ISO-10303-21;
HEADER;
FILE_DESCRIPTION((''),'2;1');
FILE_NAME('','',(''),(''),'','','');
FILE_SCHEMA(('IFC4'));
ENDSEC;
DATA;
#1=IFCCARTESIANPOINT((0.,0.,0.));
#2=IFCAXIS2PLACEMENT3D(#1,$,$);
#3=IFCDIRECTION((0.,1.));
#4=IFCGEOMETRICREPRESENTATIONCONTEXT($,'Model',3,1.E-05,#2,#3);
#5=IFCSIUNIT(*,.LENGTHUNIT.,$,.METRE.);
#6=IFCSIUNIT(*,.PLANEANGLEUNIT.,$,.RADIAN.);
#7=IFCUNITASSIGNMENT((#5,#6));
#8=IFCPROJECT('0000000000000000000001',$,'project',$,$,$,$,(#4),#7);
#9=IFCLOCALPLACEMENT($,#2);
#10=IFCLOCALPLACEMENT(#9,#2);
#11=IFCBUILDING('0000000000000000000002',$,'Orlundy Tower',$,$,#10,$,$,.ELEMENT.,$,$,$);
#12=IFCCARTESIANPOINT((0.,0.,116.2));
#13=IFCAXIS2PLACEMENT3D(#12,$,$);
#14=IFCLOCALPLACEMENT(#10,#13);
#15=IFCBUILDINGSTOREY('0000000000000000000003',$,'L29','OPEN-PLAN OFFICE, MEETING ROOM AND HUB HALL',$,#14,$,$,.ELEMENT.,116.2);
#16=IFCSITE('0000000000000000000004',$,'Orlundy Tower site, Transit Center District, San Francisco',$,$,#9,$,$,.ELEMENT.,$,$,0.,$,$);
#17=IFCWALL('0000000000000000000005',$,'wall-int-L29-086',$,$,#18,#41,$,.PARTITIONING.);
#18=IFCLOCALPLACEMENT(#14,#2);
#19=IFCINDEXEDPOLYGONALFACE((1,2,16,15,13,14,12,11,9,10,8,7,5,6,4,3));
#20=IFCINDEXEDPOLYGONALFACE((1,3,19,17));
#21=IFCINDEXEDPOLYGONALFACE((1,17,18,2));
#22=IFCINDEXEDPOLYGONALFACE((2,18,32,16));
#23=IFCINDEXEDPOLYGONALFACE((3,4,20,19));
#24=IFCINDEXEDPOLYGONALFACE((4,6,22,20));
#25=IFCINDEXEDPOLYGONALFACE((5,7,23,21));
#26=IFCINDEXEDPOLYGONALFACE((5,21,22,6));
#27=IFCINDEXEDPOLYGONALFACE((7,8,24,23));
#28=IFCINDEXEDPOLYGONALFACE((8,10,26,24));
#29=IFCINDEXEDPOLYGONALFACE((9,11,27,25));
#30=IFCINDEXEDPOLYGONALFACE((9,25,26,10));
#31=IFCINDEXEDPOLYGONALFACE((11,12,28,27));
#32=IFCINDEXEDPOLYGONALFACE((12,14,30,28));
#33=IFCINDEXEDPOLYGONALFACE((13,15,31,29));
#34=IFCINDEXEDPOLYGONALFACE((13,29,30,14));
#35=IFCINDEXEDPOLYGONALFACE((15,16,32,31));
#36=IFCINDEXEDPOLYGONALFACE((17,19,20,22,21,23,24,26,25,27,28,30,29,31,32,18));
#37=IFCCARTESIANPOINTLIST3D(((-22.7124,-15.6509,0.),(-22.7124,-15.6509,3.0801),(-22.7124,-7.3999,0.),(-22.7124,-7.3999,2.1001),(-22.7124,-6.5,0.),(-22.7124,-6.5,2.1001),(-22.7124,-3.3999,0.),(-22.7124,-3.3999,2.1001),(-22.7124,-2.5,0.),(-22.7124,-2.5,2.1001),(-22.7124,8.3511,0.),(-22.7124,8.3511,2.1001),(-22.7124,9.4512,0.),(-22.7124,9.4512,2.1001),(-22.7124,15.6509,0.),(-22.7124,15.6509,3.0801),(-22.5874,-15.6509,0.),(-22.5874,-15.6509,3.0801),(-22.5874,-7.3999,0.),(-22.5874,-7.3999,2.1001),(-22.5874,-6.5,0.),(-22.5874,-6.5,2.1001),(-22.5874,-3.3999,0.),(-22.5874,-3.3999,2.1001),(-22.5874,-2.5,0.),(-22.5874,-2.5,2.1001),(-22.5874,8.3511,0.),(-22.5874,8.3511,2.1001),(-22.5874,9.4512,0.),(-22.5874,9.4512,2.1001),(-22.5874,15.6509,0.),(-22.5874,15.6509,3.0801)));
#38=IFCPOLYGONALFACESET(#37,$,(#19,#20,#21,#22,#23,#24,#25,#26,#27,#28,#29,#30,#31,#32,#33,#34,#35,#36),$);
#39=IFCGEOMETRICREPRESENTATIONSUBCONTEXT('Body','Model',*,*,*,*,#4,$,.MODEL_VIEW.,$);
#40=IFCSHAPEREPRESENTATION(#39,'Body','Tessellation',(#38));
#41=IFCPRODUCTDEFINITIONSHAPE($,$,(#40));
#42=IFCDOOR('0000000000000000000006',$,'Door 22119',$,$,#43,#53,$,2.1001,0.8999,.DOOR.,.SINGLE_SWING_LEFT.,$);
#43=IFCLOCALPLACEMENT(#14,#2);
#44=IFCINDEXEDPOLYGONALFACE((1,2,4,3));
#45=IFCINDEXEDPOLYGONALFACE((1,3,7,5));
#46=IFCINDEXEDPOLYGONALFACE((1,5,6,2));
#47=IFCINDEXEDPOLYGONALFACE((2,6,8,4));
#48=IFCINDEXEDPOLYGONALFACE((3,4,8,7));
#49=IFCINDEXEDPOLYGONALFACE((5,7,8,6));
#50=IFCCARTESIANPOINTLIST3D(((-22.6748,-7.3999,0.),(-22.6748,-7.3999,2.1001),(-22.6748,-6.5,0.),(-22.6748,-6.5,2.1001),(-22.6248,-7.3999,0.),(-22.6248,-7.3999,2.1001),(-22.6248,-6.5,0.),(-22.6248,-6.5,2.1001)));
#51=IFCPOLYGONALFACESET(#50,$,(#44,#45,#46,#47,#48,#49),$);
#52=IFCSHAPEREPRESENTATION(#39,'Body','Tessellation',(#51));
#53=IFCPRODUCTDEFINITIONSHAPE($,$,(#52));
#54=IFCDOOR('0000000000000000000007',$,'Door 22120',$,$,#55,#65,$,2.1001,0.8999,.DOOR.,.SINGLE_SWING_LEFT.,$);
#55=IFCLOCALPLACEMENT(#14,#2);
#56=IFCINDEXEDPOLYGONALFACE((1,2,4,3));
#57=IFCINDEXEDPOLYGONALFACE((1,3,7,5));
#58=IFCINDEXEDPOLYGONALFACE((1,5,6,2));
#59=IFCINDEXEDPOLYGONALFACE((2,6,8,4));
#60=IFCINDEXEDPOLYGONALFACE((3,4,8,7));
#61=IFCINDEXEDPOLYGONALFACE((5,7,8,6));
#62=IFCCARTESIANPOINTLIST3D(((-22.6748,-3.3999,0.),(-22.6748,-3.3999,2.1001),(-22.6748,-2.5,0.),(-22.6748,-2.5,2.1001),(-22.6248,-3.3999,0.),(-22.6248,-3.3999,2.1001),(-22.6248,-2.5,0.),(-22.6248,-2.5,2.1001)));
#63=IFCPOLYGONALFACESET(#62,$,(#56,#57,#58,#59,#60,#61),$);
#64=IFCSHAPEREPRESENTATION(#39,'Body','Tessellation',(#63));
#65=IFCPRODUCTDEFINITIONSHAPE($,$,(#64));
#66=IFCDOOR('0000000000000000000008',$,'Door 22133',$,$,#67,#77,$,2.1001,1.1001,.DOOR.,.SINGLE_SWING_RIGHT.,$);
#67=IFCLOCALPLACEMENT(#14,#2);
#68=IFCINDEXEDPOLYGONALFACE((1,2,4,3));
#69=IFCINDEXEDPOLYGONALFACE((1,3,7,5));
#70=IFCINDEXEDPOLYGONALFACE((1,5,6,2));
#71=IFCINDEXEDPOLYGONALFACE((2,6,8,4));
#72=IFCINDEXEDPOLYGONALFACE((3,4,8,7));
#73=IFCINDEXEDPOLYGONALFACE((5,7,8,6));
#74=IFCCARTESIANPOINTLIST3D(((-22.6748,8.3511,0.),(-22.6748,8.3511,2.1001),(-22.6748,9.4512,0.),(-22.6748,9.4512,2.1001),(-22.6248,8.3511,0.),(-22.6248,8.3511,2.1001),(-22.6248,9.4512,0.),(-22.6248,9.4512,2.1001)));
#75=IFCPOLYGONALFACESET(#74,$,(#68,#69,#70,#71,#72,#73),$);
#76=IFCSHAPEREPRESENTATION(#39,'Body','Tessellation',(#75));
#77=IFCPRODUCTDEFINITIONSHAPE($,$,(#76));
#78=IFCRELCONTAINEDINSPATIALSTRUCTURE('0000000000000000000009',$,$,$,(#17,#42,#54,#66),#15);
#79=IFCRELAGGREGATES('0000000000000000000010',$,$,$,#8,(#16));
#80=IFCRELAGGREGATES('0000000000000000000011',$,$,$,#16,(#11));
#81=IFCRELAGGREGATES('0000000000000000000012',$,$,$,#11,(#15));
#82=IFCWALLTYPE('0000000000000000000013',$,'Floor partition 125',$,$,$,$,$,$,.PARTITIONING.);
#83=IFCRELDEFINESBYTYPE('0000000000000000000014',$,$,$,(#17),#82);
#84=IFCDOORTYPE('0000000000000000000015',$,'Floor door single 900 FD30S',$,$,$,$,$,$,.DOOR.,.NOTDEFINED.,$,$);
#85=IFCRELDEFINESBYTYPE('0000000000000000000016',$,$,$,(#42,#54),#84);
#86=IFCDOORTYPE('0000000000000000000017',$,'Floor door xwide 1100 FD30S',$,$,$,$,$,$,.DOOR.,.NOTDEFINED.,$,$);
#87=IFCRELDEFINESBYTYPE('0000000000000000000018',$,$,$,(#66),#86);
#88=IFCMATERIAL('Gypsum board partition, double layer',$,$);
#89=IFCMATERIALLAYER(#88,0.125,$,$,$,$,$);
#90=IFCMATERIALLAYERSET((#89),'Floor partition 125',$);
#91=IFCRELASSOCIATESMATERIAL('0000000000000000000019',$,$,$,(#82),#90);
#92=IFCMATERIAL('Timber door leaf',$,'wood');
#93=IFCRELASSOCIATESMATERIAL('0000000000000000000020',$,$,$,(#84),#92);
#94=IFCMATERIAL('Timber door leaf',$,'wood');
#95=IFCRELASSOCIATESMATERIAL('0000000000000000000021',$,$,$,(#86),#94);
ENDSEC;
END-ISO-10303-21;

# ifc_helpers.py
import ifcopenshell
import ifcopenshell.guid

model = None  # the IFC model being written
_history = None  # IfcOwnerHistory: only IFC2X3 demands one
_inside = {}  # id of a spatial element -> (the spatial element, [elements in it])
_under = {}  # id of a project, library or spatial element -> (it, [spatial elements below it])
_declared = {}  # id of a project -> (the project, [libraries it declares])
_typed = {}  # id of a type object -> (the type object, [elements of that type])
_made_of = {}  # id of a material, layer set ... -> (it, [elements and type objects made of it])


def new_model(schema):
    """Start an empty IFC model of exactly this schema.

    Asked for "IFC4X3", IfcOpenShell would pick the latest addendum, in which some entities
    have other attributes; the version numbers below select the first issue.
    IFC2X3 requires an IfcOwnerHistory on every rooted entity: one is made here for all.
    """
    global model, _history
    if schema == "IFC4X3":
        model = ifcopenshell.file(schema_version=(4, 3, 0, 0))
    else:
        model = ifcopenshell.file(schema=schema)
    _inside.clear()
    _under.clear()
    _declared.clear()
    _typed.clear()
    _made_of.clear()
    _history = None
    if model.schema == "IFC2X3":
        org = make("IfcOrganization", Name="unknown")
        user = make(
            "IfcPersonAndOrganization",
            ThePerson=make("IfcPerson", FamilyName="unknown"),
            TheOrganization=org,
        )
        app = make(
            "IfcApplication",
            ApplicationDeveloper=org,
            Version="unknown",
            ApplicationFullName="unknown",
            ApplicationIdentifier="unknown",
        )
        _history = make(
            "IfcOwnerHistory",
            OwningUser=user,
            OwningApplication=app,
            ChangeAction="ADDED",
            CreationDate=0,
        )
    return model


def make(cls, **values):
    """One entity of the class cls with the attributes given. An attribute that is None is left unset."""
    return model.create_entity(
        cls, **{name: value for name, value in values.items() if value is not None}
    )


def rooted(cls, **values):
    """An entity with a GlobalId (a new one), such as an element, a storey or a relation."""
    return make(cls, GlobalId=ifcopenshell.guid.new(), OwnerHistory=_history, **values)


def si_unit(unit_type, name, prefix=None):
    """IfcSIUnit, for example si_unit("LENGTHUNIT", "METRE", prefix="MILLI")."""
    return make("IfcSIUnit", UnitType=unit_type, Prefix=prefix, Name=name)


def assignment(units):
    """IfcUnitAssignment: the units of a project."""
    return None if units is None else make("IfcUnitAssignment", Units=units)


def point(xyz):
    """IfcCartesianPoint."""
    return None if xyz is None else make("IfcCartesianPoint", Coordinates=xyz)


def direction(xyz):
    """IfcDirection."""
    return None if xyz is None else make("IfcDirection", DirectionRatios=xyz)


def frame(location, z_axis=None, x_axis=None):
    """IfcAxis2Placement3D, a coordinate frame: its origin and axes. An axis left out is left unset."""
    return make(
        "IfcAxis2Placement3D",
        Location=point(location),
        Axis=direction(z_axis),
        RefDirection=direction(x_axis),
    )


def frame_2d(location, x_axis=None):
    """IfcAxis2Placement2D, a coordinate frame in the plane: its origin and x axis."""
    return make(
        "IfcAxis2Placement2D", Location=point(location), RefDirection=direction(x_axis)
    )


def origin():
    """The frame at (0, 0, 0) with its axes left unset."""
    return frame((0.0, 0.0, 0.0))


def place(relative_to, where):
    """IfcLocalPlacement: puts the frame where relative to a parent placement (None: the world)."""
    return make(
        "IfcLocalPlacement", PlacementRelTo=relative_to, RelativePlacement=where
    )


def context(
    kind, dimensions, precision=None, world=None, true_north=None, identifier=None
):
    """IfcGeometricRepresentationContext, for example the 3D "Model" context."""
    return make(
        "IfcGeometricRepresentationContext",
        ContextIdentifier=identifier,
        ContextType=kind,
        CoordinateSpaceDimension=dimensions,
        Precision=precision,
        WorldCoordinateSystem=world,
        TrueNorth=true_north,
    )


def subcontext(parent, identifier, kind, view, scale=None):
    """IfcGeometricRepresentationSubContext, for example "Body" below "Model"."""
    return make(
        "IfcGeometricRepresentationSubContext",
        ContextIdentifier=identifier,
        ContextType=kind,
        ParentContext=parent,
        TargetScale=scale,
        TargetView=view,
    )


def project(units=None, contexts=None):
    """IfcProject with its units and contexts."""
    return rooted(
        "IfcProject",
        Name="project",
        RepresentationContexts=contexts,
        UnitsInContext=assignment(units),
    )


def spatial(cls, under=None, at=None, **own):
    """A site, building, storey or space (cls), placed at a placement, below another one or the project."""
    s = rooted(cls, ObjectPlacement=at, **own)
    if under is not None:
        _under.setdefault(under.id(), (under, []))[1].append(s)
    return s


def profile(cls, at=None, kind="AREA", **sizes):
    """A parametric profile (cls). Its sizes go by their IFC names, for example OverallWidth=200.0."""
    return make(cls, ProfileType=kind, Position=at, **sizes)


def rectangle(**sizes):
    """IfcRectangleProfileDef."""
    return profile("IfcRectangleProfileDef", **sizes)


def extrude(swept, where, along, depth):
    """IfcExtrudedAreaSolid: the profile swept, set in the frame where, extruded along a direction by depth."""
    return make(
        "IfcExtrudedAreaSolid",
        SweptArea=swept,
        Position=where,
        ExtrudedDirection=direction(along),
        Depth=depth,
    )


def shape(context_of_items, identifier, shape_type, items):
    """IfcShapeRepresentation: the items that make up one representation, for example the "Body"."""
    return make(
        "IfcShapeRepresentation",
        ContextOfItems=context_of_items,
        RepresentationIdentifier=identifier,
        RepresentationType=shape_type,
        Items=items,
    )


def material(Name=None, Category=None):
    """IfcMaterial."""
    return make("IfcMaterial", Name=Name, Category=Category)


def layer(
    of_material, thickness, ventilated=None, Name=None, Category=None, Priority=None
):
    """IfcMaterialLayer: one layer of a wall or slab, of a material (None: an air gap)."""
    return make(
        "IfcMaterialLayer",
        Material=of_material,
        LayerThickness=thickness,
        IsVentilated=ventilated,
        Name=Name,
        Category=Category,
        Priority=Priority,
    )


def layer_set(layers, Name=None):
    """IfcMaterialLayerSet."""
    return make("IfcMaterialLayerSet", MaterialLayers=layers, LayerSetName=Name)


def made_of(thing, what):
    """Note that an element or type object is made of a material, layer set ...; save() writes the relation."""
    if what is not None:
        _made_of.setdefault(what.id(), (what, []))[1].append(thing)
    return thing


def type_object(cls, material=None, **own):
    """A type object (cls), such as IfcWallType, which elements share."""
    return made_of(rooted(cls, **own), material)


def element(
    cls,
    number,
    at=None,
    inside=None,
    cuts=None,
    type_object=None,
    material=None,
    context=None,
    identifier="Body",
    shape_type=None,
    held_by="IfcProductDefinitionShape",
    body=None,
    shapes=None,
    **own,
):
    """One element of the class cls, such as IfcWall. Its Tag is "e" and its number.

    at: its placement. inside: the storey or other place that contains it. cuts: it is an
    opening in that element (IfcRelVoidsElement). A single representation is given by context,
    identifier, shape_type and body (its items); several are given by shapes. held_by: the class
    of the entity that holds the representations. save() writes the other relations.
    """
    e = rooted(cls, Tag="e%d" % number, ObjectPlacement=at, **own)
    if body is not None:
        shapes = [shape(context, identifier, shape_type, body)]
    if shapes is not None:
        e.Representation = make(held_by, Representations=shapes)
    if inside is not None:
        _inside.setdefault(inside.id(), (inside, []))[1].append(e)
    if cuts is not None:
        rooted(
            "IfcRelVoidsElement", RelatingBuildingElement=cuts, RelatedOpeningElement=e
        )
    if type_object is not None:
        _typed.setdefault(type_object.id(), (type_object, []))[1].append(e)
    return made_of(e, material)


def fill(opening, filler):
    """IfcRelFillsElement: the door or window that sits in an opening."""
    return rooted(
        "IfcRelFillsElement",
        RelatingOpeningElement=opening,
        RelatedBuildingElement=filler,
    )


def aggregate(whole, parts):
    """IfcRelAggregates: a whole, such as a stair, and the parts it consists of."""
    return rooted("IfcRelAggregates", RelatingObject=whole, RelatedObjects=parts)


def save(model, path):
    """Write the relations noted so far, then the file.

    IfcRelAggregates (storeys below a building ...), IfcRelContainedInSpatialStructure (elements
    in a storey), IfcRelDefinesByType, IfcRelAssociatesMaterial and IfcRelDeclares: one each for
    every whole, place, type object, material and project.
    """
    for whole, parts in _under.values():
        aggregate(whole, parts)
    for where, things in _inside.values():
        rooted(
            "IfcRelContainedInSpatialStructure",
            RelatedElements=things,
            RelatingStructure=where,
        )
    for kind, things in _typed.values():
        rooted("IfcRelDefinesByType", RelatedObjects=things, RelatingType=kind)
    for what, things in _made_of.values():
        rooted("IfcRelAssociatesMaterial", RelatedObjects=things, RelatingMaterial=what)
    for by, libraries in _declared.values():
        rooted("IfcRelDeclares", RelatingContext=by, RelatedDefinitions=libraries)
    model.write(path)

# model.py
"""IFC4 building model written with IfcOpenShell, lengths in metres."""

from ifc_helpers import new_model, si_unit, direction, frame, frame_2d, origin, place, context, subcontext, project, spatial, rectangle, extrude, material, layer, layer_set, type_object, element, fill, save


model = new_model("IFC4")

# Units and contexts
model_context = context("Model", 3, precision=1e-05, world=origin(), true_north=direction((0.0, 1.0)))
body_context = subcontext(model_context, "Body", "Model", "MODEL_VIEW")
ifc_project = project(units=[si_unit("LENGTHUNIT", "METRE"), si_unit("PLANEANGLEUNIT", "RADIAN")], contexts=[model_context])

# Site, building, storey
site_placement = place(None, origin())
site = spatial("IfcSite", under=ifc_project, at=site_placement, Name="Orlundy Tower site, Transit Center District, San Francisco", CompositionType="ELEMENT", RefElevation=0.0)
building_placement = place(site_placement, origin())
building = spatial("IfcBuilding", under=site, at=building_placement, Name="Orlundy Tower", CompositionType="ELEMENT")
storey_placement = place(building_placement, frame((0.0, 0.0, 116.2)))
storey = spatial("IfcBuildingStorey", under=building, at=storey_placement, Name="L29", Description="OPEN-PLAN OFFICE, MEETING ROOM AND HUB HALL", CompositionType="ELEMENT", Elevation=116.2)

# Shared definitions
ifc_material_1 = material(Name="Gypsum board partition, double layer")
ifc_layer_1 = layer(ifc_material_1, 0.125)
ifc_layer_set_1 = layer_set([ifc_layer_1], Name="Floor partition 125")
wall_type_1 = type_object("IfcWallType", Name="Floor partition 125", PredefinedType="PARTITIONING", material=ifc_layer_set_1)

# Wall, openings, doors
wall_1_placement = place(storey_placement, frame((-22.6499, -15.6509, 0.0), z_axis=(0.0, 0.0, 1.0), x_axis=(0.0, 1.0, 0.0)))
wall_1 = element("IfcWall", 1, at=wall_1_placement, inside=storey, type_object=wall_type_1, Name="wall-int-L29-086", PredefinedType="PARTITIONING", context=body_context, shape_type="SweptSolid", body=[
    extrude(rectangle(XDim=31.3018, YDim=0.125, at=frame_2d((15.6509, 0.0))), origin(), (0.0, 0.0, 1.0), 3.0801),
])
opening_1_placement = place(wall_1_placement, frame((8.251, 0.0, 0.0)))
opening_1 = element("IfcOpeningElement", 2, at=opening_1_placement, cuts=wall_1, PredefinedType="OPENING", context=body_context, shape_type="SweptSolid", body=[
    extrude(rectangle(XDim=0.8999, YDim=2.1001, at=frame_2d((0.45, 1.05))), frame((0.0, 0.0725, 0.0), z_axis=(0.0, -1.0, 0.0), x_axis=(1.0, 0.0, 0.0)), (0.0, 0.0, 1.0), 0.145),
])
opening_2_placement = place(wall_1_placement, frame((12.251, 0.0, 0.0)))
opening_2 = element("IfcOpeningElement", 3, at=opening_2_placement, cuts=wall_1, PredefinedType="OPENING", context=body_context, shape_type="SweptSolid", body=[
    extrude(rectangle(XDim=0.8999, YDim=2.1001, at=frame_2d((0.45, 1.05))), frame((0.0, 0.0725, 0.0), z_axis=(0.0, -1.0, 0.0), x_axis=(1.0, 0.0, 0.0)), (0.0, 0.0, 1.0), 0.145),
])
opening_3_placement = place(wall_1_placement, frame((24.002, 0.0, 0.0)))
opening_3 = element("IfcOpeningElement", 4, at=opening_3_placement, cuts=wall_1, PredefinedType="OPENING", context=body_context, shape_type="SweptSolid", body=[
    extrude(rectangle(XDim=1.1001, YDim=2.1001, at=frame_2d((0.55, 1.05))), frame((0.0, 0.0725, 0.0), z_axis=(0.0, -1.0, 0.0), x_axis=(1.0, 0.0, 0.0)), (0.0, 0.0, 1.0), 0.145),
])
ifc_material_2 = material(Name="Timber door leaf", Category="wood")
door_type_1 = type_object("IfcDoorType", Name="Floor door single 900 FD30S", OperationType="NOTDEFINED", PredefinedType="DOOR", material=ifc_material_2)
door_1_placement = place(opening_1_placement, origin())
door_1 = element("IfcDoor", 5, at=door_1_placement, inside=storey, type_object=door_type_1, Name="Door 22119", OperationType="SINGLE_SWING_LEFT", OverallHeight=2.1001, OverallWidth=0.8999, PredefinedType="DOOR", context=body_context, shape_type="SweptSolid", body=[
    extrude(rectangle(XDim=0.8999, YDim=2.1001, at=frame_2d((0.45, 1.05))), frame((0.0, 0.0249, 0.0), z_axis=(0.0, -1.0, 0.0), x_axis=(1.0, 0.0, 0.0)), (0.0, 0.0, 1.0), 0.05),
])
fill(opening_1, door_1)
door_2_placement = place(opening_2_placement, origin())
door_2 = element("IfcDoor", 6, at=door_2_placement, inside=storey, type_object=door_type_1, Name="Door 22120", OperationType="SINGLE_SWING_LEFT", OverallHeight=2.1001, OverallWidth=0.8999, PredefinedType="DOOR", context=body_context, shape_type="SweptSolid", body=[
    extrude(rectangle(XDim=0.8999, YDim=2.1001, at=frame_2d((0.45, 1.05))), frame((0.0, 0.0249, 0.0), z_axis=(0.0, -1.0, 0.0), x_axis=(1.0, 0.0, 0.0)), (0.0, 0.0, 1.0), 0.05),
])
fill(opening_2, door_2)
ifc_material_3 = material(Name="Timber door leaf", Category="wood")
door_type_2 = type_object("IfcDoorType", Name="Floor door xwide 1100 FD30S", OperationType="NOTDEFINED", PredefinedType="DOOR", material=ifc_material_3)
door_3_placement = place(opening_3_placement, origin())
door_3 = element("IfcDoor", 7, at=door_3_placement, inside=storey, type_object=door_type_2, Name="Door 22133", OperationType="SINGLE_SWING_RIGHT", OverallHeight=2.1001, OverallWidth=1.1001, PredefinedType="DOOR", context=body_context, shape_type="SweptSolid", body=[
    extrude(rectangle(XDim=1.1001, YDim=2.1001, at=frame_2d((0.55, 1.05))), frame((0.0, 0.0249, 0.0), z_axis=(0.0, -1.0, 0.0), x_axis=(1.0, 0.0, 0.0)), (0.0, 0.0, 1.0), 0.05),
])
fill(opening_3, door_3)

save(model, "model.ifc")
